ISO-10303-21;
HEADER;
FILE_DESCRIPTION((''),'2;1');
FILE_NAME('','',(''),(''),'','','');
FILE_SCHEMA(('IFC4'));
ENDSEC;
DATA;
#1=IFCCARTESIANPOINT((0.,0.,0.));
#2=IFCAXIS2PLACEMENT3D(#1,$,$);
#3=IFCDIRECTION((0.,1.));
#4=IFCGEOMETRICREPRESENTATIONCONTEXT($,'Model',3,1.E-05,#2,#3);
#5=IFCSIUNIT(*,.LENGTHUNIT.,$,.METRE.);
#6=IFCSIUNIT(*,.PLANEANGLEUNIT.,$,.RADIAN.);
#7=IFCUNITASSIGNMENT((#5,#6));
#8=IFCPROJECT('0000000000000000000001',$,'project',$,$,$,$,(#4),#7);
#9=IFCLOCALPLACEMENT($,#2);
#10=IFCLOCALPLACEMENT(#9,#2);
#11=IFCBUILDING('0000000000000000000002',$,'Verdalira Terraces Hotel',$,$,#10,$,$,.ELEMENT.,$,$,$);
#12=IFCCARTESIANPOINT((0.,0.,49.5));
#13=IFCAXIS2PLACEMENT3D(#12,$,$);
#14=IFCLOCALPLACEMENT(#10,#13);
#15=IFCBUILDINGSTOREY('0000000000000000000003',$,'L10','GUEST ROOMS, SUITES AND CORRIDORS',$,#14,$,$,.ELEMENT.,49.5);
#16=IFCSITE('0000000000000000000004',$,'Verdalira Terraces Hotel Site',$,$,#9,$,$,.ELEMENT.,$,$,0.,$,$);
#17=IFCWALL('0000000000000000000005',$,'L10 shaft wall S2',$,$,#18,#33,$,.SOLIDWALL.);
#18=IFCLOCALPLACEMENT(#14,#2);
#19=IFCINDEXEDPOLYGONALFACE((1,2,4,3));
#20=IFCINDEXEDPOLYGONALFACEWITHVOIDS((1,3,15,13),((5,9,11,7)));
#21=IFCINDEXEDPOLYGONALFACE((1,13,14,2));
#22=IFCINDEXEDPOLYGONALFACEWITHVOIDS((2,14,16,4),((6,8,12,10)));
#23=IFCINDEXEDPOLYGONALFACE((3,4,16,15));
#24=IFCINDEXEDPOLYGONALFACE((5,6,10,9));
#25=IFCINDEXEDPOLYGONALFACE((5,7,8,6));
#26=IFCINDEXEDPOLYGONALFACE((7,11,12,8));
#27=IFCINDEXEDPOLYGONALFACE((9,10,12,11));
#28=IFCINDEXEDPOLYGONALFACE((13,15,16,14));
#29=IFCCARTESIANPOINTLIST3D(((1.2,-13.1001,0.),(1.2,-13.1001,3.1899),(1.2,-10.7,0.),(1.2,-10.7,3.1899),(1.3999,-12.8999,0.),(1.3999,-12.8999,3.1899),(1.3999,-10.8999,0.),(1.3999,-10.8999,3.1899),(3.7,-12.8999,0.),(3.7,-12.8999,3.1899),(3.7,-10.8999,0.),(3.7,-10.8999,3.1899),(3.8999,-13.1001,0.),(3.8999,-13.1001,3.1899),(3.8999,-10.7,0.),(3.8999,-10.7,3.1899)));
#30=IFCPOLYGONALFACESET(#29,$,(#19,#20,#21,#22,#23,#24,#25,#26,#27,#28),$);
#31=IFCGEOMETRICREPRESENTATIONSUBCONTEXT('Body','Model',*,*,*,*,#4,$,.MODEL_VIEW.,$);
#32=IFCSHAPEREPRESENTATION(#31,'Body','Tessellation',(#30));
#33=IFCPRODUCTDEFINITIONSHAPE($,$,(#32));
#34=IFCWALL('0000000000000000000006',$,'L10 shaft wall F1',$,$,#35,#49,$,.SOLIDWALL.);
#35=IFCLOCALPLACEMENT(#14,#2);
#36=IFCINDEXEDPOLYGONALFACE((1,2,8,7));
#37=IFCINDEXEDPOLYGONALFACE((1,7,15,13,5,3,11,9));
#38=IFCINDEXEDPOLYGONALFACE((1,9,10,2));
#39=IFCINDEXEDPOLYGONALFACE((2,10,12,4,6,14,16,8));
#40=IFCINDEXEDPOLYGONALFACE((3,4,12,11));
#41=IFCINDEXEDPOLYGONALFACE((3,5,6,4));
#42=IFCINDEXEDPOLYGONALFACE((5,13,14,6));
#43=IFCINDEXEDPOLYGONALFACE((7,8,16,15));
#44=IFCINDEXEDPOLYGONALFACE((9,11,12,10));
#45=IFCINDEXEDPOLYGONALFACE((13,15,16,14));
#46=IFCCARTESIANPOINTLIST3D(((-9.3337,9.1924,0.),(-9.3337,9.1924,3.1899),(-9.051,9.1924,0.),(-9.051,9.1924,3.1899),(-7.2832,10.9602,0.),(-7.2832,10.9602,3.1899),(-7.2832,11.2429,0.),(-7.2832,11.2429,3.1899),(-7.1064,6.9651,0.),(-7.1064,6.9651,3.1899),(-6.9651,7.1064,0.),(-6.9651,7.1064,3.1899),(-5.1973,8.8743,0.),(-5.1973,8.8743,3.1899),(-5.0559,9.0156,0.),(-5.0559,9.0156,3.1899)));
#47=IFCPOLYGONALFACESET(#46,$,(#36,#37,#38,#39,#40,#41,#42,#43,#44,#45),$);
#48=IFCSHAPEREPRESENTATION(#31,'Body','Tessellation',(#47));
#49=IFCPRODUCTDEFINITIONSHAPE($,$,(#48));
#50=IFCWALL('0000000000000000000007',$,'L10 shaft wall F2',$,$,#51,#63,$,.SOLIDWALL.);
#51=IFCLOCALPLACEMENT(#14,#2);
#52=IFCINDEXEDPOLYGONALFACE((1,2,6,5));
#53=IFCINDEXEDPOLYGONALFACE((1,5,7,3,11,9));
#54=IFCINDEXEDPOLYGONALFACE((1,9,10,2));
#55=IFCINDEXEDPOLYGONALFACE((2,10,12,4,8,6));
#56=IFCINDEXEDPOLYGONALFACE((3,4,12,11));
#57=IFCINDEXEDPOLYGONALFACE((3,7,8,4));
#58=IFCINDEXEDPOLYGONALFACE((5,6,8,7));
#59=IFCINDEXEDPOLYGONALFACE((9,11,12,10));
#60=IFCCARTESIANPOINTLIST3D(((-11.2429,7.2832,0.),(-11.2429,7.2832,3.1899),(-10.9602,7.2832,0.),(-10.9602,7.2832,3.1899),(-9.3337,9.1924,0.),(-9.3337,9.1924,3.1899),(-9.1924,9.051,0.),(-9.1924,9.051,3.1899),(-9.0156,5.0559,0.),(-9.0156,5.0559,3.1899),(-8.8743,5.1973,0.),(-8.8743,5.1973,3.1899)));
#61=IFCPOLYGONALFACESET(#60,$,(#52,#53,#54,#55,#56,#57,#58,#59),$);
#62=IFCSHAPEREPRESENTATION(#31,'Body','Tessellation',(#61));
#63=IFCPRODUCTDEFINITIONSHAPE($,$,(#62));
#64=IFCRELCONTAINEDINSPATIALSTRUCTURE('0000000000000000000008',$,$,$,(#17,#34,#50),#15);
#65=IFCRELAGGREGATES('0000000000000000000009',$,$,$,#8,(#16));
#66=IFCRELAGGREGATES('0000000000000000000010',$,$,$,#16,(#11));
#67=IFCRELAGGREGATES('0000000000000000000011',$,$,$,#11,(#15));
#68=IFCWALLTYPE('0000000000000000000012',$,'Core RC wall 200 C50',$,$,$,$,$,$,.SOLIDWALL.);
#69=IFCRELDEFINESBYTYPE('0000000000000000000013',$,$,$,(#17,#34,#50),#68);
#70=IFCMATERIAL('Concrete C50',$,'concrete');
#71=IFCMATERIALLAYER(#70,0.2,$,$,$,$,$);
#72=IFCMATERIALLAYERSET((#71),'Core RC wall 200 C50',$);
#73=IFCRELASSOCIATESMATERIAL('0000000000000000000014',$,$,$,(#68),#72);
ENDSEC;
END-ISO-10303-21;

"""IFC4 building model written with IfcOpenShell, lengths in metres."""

from ifc_helpers import new_model, si_unit, direction, frame, origin, place, context, subcontext, project, spatial, polyline, outline, extrude, material, layer, layer_set, type_object, element, save


model = new_model("IFC4")

# Units and contexts
model_context = context("Model", 3, precision=1e-05, world=origin(), true_north=direction((0.0, 1.0)))
body_context = subcontext(model_context, "Body", "Model", "MODEL_VIEW")
ifc_project = project(units=[si_unit("LENGTHUNIT", "METRE"), si_unit("PLANEANGLEUNIT", "RADIAN")], contexts=[model_context])

# Site, building, storey
site_placement = place(None, origin())
site = spatial("IfcSite", under=ifc_project, at=site_placement, Name="Verdalira Terraces Hotel Site", CompositionType="ELEMENT", RefElevation=0.0)
building_placement = place(site_placement, origin())
building = spatial("IfcBuilding", under=site, at=building_placement, Name="Verdalira Terraces Hotel", CompositionType="ELEMENT")
storey_placement = place(building_placement, frame((0.0, 0.0, 49.5)))
storey = spatial("IfcBuildingStorey", under=building, at=storey_placement, Name="L10", Description="GUEST ROOMS, SUITES AND CORRIDORS", CompositionType="ELEMENT", Elevation=49.5)

# Walls
ifc_material_1 = material(Name="Concrete C50", Category="concrete")
ifc_layer_1 = layer(ifc_material_1, 0.2)
ifc_layer_set_1 = layer_set([ifc_layer_1], Name="Core RC wall 200 C50")
wall_type_1 = type_object("IfcWallType", Name="Core RC wall 200 C50", PredefinedType="SOLIDWALL", material=ifc_layer_set_1)
wall_1_placement = place(storey_placement, origin())
element("IfcWall", 1, at=wall_1_placement, inside=storey, type_object=wall_type_1, Name="L10 shaft wall S2", PredefinedType="SOLIDWALL", context=body_context, shape_type="SweptSolid", body=[
    extrude(outline(polyline([(3.8999, -10.7), (3.8999, -13.1001), (1.2, -13.1001), (1.2, -10.7), (3.8999, -10.7)]), holes=[polyline([(1.3999, -12.8999), (3.7, -12.8999), (3.7, -10.8999), (1.3999, -10.8999), (1.3999, -12.8999)])]), origin(), (0.0, 0.0, 1.0), 3.1899),
])
wall_2_placement = place(storey_placement, origin())
element("IfcWall", 2, at=wall_2_placement, inside=storey, type_object=wall_type_1, Name="L10 shaft wall F1", PredefinedType="SOLIDWALL", context=body_context, shape_type="SweptSolid", body=[
    extrude(outline(polyline([(-9.3337, 9.1924), (-7.2832, 11.2429), (-5.0559, 9.0156), (-5.1973, 8.8743), (-7.2832, 10.9602), (-9.051, 9.1924), (-6.9651, 7.1064), (-7.1064, 6.9651), (-9.3337, 9.1924)])), origin(), (0.0, 0.0, 1.0), 3.1899),
])
wall_3_placement = place(storey_placement, origin())
element("IfcWall", 3, at=wall_3_placement, inside=storey, type_object=wall_type_1, Name="L10 shaft wall F2", PredefinedType="SOLIDWALL", context=body_context, shape_type="SweptSolid", body=[
    extrude(outline(polyline([(-11.2429, 7.2832), (-9.3337, 9.1924), (-9.1924, 9.051), (-10.9602, 7.2832), (-8.8743, 5.1973), (-9.0156, 5.0559), (-11.2429, 7.2832)])), origin(), (0.0, 0.0, 1.0), 3.1899),
])

save(model, "model.ifc")
